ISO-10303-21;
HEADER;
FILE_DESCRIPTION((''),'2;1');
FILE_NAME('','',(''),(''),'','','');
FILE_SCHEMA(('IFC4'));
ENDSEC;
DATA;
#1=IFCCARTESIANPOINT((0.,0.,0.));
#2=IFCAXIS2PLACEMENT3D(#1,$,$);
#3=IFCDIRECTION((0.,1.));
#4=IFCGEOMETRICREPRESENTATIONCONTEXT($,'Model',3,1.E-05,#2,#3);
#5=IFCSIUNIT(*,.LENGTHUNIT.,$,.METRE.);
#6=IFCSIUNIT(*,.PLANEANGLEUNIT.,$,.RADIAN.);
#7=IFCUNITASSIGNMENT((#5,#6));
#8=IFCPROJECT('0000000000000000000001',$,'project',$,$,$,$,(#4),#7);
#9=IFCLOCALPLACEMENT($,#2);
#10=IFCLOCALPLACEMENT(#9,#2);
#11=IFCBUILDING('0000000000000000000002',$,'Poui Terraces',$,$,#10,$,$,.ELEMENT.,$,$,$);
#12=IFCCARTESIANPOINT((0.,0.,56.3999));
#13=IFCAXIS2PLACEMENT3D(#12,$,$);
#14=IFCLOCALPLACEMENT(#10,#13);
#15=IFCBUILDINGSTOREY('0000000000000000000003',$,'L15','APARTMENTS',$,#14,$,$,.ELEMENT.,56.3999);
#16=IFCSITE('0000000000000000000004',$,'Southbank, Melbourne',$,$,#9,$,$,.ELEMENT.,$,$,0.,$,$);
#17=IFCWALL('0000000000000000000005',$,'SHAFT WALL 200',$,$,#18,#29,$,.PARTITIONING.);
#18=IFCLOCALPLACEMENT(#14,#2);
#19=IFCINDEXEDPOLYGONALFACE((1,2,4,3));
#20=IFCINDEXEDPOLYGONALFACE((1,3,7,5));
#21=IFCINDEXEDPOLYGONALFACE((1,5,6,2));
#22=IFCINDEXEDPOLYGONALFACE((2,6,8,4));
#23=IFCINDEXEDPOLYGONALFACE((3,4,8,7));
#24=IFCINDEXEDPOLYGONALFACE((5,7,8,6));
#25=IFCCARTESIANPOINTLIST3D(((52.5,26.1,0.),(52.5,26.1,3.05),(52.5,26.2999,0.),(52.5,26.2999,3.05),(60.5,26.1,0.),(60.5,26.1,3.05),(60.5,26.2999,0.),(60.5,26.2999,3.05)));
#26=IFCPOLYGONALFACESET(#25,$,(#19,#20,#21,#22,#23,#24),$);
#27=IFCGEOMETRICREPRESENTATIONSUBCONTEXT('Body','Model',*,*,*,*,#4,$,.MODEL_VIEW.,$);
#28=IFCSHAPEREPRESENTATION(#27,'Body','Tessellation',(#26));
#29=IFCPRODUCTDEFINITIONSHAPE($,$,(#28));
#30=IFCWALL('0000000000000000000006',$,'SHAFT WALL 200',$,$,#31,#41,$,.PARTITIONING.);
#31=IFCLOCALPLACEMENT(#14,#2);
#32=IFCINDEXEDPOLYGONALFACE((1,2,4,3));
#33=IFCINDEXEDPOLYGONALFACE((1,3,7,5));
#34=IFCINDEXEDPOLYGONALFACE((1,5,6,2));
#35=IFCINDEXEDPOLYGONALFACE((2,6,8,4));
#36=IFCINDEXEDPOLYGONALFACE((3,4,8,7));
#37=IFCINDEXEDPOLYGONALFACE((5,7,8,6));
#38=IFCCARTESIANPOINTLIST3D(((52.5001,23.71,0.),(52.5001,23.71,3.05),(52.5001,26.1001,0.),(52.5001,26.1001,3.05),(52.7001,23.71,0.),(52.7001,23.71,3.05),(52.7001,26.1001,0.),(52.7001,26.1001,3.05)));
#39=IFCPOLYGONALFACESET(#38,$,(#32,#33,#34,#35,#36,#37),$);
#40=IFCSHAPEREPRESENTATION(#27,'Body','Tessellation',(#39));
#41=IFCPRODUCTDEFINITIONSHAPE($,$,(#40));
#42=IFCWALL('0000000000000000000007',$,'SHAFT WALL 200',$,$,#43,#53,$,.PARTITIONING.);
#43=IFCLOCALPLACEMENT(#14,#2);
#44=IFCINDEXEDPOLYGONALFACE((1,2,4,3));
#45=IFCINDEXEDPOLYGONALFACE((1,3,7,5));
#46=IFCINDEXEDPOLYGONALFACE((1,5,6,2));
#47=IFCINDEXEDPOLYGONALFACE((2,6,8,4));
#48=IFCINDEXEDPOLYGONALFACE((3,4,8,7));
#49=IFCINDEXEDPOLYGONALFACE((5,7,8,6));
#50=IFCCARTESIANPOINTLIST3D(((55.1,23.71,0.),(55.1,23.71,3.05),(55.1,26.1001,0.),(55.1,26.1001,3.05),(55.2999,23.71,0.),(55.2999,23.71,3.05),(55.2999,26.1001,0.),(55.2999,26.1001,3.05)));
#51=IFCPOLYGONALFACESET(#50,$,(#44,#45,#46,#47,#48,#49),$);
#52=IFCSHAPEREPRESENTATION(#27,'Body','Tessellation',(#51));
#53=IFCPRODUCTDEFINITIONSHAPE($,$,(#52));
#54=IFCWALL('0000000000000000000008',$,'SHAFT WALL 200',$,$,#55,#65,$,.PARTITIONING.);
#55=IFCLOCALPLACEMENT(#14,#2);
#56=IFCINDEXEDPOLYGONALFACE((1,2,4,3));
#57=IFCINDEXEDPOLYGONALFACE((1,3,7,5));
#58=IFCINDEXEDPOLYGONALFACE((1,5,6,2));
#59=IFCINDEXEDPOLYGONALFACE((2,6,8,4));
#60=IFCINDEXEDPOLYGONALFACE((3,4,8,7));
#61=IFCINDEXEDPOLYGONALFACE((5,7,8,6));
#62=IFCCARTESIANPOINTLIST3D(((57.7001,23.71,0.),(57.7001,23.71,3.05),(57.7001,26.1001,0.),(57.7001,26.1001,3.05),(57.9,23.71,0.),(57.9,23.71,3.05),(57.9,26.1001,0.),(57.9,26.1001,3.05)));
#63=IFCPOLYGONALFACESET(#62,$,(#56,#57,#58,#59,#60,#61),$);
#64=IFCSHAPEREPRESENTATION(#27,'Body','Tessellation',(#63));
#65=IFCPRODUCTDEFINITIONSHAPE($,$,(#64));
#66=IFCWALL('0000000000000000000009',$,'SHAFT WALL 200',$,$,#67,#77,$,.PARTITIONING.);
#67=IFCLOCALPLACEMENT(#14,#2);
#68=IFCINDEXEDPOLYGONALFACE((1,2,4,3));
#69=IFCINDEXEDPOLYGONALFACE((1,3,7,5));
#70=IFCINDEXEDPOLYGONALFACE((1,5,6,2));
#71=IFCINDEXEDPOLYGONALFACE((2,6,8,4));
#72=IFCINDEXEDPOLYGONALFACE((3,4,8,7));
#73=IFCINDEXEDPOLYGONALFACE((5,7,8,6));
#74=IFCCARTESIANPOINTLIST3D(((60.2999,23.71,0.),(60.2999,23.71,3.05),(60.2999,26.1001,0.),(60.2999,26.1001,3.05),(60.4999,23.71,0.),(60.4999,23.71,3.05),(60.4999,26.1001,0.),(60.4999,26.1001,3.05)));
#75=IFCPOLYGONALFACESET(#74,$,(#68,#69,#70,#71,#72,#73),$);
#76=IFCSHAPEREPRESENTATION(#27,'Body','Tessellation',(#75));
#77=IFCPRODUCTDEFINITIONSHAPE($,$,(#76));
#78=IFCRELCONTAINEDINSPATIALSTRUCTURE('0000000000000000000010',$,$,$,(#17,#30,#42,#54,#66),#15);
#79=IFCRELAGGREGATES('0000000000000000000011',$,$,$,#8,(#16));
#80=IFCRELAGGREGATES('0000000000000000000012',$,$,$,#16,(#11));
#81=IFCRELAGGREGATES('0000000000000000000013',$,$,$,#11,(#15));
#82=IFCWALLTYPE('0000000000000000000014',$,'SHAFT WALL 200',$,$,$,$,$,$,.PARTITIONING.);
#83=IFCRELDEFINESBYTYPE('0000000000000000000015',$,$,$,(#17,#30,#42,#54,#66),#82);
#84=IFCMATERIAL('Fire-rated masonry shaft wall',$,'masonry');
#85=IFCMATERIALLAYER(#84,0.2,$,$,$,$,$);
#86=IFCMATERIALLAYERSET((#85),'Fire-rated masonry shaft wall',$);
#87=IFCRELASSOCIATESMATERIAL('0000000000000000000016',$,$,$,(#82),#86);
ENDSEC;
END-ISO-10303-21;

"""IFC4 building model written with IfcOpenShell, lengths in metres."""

from ifc_helpers import new_model, si_unit, direction, frame, frame_2d, origin, place, context, subcontext, project, spatial, rectangle, extrude, material, layer, layer_set, type_object, element, save


model = new_model("IFC4")

# Units and contexts
model_context = context("Model", 3, precision=1e-05, world=origin(), true_north=direction((0.0, 1.0)))
body_context = subcontext(model_context, "Body", "Model", "MODEL_VIEW")
ifc_project = project(units=[si_unit("LENGTHUNIT", "METRE"), si_unit("PLANEANGLEUNIT", "RADIAN")], contexts=[model_context])

# Site, building, storey
site_placement = place(None, origin())
site = spatial("IfcSite", under=ifc_project, at=site_placement, Name="Southbank, Melbourne", CompositionType="ELEMENT", RefElevation=0.0)
building_placement = place(site_placement, origin())
building = spatial("IfcBuilding", under=site, at=building_placement, Name="Poui Terraces", CompositionType="ELEMENT")
storey_placement = place(building_placement, frame((0.0, 0.0, 56.3999)))
storey = spatial("IfcBuildingStorey", under=building, at=storey_placement, Name="L15", Description="APARTMENTS", CompositionType="ELEMENT", Elevation=56.3999)

# Walls
ifc_material_1 = material(Name="Fire-rated masonry shaft wall", Category="masonry")
ifc_layer_1 = layer(ifc_material_1, 0.2)
ifc_layer_set_1 = layer_set([ifc_layer_1], Name="Fire-rated masonry shaft wall")
wall_type_1 = type_object("IfcWallType", Name="SHAFT WALL 200", PredefinedType="PARTITIONING", material=ifc_layer_set_1)
wall_1_placement = place(storey_placement, frame((52.5, 26.2, 0.0), z_axis=(0.0, 0.0, 1.0), x_axis=(1.0, 0.0, 0.0)))
element("IfcWall", 1, at=wall_1_placement, inside=storey, type_object=wall_type_1, Name="SHAFT WALL 200", PredefinedType="PARTITIONING", context=body_context, shape_type="SweptSolid", body=[
    extrude(rectangle(XDim=8.0, YDim=0.2, at=frame_2d((4.0, 0.0))), origin(), (0.0, 0.0, 1.0), 3.05),
])
for number, where, z_axis, x_axis, name in (
    (2, (52.6001, 23.71, 0.0), (0.0, 0.0, 1.0), (0.0, 1.0, 0.0), "SHAFT WALL 200"),
    (3, (55.2, 23.71, 0.0), (0.0, 0.0, 1.0), (0.0, 1.0, 0.0), "SHAFT WALL 200"),
    (4, (57.8, 23.71, 0.0), (0.0, 0.0, 1.0), (0.0, 1.0, 0.0), "SHAFT WALL 200"),
    (5, (60.3999, 23.71, 0.0), (0.0, 0.0, 1.0), (0.0, 1.0, 0.0), "SHAFT WALL 200"),
):
    element("IfcWall", number, at=place(storey_placement, frame(where, z_axis=z_axis, x_axis=x_axis)), inside=storey, type_object=wall_type_1, Name=name, PredefinedType="PARTITIONING", context=body_context, shape_type="SweptSolid", body=[
        extrude(rectangle(XDim=2.3901, YDim=0.2, at=frame_2d((1.1951, 0.0))), origin(), (0.0, 0.0, 1.0), 3.05),
    ])

save(model, "model.ifc")
